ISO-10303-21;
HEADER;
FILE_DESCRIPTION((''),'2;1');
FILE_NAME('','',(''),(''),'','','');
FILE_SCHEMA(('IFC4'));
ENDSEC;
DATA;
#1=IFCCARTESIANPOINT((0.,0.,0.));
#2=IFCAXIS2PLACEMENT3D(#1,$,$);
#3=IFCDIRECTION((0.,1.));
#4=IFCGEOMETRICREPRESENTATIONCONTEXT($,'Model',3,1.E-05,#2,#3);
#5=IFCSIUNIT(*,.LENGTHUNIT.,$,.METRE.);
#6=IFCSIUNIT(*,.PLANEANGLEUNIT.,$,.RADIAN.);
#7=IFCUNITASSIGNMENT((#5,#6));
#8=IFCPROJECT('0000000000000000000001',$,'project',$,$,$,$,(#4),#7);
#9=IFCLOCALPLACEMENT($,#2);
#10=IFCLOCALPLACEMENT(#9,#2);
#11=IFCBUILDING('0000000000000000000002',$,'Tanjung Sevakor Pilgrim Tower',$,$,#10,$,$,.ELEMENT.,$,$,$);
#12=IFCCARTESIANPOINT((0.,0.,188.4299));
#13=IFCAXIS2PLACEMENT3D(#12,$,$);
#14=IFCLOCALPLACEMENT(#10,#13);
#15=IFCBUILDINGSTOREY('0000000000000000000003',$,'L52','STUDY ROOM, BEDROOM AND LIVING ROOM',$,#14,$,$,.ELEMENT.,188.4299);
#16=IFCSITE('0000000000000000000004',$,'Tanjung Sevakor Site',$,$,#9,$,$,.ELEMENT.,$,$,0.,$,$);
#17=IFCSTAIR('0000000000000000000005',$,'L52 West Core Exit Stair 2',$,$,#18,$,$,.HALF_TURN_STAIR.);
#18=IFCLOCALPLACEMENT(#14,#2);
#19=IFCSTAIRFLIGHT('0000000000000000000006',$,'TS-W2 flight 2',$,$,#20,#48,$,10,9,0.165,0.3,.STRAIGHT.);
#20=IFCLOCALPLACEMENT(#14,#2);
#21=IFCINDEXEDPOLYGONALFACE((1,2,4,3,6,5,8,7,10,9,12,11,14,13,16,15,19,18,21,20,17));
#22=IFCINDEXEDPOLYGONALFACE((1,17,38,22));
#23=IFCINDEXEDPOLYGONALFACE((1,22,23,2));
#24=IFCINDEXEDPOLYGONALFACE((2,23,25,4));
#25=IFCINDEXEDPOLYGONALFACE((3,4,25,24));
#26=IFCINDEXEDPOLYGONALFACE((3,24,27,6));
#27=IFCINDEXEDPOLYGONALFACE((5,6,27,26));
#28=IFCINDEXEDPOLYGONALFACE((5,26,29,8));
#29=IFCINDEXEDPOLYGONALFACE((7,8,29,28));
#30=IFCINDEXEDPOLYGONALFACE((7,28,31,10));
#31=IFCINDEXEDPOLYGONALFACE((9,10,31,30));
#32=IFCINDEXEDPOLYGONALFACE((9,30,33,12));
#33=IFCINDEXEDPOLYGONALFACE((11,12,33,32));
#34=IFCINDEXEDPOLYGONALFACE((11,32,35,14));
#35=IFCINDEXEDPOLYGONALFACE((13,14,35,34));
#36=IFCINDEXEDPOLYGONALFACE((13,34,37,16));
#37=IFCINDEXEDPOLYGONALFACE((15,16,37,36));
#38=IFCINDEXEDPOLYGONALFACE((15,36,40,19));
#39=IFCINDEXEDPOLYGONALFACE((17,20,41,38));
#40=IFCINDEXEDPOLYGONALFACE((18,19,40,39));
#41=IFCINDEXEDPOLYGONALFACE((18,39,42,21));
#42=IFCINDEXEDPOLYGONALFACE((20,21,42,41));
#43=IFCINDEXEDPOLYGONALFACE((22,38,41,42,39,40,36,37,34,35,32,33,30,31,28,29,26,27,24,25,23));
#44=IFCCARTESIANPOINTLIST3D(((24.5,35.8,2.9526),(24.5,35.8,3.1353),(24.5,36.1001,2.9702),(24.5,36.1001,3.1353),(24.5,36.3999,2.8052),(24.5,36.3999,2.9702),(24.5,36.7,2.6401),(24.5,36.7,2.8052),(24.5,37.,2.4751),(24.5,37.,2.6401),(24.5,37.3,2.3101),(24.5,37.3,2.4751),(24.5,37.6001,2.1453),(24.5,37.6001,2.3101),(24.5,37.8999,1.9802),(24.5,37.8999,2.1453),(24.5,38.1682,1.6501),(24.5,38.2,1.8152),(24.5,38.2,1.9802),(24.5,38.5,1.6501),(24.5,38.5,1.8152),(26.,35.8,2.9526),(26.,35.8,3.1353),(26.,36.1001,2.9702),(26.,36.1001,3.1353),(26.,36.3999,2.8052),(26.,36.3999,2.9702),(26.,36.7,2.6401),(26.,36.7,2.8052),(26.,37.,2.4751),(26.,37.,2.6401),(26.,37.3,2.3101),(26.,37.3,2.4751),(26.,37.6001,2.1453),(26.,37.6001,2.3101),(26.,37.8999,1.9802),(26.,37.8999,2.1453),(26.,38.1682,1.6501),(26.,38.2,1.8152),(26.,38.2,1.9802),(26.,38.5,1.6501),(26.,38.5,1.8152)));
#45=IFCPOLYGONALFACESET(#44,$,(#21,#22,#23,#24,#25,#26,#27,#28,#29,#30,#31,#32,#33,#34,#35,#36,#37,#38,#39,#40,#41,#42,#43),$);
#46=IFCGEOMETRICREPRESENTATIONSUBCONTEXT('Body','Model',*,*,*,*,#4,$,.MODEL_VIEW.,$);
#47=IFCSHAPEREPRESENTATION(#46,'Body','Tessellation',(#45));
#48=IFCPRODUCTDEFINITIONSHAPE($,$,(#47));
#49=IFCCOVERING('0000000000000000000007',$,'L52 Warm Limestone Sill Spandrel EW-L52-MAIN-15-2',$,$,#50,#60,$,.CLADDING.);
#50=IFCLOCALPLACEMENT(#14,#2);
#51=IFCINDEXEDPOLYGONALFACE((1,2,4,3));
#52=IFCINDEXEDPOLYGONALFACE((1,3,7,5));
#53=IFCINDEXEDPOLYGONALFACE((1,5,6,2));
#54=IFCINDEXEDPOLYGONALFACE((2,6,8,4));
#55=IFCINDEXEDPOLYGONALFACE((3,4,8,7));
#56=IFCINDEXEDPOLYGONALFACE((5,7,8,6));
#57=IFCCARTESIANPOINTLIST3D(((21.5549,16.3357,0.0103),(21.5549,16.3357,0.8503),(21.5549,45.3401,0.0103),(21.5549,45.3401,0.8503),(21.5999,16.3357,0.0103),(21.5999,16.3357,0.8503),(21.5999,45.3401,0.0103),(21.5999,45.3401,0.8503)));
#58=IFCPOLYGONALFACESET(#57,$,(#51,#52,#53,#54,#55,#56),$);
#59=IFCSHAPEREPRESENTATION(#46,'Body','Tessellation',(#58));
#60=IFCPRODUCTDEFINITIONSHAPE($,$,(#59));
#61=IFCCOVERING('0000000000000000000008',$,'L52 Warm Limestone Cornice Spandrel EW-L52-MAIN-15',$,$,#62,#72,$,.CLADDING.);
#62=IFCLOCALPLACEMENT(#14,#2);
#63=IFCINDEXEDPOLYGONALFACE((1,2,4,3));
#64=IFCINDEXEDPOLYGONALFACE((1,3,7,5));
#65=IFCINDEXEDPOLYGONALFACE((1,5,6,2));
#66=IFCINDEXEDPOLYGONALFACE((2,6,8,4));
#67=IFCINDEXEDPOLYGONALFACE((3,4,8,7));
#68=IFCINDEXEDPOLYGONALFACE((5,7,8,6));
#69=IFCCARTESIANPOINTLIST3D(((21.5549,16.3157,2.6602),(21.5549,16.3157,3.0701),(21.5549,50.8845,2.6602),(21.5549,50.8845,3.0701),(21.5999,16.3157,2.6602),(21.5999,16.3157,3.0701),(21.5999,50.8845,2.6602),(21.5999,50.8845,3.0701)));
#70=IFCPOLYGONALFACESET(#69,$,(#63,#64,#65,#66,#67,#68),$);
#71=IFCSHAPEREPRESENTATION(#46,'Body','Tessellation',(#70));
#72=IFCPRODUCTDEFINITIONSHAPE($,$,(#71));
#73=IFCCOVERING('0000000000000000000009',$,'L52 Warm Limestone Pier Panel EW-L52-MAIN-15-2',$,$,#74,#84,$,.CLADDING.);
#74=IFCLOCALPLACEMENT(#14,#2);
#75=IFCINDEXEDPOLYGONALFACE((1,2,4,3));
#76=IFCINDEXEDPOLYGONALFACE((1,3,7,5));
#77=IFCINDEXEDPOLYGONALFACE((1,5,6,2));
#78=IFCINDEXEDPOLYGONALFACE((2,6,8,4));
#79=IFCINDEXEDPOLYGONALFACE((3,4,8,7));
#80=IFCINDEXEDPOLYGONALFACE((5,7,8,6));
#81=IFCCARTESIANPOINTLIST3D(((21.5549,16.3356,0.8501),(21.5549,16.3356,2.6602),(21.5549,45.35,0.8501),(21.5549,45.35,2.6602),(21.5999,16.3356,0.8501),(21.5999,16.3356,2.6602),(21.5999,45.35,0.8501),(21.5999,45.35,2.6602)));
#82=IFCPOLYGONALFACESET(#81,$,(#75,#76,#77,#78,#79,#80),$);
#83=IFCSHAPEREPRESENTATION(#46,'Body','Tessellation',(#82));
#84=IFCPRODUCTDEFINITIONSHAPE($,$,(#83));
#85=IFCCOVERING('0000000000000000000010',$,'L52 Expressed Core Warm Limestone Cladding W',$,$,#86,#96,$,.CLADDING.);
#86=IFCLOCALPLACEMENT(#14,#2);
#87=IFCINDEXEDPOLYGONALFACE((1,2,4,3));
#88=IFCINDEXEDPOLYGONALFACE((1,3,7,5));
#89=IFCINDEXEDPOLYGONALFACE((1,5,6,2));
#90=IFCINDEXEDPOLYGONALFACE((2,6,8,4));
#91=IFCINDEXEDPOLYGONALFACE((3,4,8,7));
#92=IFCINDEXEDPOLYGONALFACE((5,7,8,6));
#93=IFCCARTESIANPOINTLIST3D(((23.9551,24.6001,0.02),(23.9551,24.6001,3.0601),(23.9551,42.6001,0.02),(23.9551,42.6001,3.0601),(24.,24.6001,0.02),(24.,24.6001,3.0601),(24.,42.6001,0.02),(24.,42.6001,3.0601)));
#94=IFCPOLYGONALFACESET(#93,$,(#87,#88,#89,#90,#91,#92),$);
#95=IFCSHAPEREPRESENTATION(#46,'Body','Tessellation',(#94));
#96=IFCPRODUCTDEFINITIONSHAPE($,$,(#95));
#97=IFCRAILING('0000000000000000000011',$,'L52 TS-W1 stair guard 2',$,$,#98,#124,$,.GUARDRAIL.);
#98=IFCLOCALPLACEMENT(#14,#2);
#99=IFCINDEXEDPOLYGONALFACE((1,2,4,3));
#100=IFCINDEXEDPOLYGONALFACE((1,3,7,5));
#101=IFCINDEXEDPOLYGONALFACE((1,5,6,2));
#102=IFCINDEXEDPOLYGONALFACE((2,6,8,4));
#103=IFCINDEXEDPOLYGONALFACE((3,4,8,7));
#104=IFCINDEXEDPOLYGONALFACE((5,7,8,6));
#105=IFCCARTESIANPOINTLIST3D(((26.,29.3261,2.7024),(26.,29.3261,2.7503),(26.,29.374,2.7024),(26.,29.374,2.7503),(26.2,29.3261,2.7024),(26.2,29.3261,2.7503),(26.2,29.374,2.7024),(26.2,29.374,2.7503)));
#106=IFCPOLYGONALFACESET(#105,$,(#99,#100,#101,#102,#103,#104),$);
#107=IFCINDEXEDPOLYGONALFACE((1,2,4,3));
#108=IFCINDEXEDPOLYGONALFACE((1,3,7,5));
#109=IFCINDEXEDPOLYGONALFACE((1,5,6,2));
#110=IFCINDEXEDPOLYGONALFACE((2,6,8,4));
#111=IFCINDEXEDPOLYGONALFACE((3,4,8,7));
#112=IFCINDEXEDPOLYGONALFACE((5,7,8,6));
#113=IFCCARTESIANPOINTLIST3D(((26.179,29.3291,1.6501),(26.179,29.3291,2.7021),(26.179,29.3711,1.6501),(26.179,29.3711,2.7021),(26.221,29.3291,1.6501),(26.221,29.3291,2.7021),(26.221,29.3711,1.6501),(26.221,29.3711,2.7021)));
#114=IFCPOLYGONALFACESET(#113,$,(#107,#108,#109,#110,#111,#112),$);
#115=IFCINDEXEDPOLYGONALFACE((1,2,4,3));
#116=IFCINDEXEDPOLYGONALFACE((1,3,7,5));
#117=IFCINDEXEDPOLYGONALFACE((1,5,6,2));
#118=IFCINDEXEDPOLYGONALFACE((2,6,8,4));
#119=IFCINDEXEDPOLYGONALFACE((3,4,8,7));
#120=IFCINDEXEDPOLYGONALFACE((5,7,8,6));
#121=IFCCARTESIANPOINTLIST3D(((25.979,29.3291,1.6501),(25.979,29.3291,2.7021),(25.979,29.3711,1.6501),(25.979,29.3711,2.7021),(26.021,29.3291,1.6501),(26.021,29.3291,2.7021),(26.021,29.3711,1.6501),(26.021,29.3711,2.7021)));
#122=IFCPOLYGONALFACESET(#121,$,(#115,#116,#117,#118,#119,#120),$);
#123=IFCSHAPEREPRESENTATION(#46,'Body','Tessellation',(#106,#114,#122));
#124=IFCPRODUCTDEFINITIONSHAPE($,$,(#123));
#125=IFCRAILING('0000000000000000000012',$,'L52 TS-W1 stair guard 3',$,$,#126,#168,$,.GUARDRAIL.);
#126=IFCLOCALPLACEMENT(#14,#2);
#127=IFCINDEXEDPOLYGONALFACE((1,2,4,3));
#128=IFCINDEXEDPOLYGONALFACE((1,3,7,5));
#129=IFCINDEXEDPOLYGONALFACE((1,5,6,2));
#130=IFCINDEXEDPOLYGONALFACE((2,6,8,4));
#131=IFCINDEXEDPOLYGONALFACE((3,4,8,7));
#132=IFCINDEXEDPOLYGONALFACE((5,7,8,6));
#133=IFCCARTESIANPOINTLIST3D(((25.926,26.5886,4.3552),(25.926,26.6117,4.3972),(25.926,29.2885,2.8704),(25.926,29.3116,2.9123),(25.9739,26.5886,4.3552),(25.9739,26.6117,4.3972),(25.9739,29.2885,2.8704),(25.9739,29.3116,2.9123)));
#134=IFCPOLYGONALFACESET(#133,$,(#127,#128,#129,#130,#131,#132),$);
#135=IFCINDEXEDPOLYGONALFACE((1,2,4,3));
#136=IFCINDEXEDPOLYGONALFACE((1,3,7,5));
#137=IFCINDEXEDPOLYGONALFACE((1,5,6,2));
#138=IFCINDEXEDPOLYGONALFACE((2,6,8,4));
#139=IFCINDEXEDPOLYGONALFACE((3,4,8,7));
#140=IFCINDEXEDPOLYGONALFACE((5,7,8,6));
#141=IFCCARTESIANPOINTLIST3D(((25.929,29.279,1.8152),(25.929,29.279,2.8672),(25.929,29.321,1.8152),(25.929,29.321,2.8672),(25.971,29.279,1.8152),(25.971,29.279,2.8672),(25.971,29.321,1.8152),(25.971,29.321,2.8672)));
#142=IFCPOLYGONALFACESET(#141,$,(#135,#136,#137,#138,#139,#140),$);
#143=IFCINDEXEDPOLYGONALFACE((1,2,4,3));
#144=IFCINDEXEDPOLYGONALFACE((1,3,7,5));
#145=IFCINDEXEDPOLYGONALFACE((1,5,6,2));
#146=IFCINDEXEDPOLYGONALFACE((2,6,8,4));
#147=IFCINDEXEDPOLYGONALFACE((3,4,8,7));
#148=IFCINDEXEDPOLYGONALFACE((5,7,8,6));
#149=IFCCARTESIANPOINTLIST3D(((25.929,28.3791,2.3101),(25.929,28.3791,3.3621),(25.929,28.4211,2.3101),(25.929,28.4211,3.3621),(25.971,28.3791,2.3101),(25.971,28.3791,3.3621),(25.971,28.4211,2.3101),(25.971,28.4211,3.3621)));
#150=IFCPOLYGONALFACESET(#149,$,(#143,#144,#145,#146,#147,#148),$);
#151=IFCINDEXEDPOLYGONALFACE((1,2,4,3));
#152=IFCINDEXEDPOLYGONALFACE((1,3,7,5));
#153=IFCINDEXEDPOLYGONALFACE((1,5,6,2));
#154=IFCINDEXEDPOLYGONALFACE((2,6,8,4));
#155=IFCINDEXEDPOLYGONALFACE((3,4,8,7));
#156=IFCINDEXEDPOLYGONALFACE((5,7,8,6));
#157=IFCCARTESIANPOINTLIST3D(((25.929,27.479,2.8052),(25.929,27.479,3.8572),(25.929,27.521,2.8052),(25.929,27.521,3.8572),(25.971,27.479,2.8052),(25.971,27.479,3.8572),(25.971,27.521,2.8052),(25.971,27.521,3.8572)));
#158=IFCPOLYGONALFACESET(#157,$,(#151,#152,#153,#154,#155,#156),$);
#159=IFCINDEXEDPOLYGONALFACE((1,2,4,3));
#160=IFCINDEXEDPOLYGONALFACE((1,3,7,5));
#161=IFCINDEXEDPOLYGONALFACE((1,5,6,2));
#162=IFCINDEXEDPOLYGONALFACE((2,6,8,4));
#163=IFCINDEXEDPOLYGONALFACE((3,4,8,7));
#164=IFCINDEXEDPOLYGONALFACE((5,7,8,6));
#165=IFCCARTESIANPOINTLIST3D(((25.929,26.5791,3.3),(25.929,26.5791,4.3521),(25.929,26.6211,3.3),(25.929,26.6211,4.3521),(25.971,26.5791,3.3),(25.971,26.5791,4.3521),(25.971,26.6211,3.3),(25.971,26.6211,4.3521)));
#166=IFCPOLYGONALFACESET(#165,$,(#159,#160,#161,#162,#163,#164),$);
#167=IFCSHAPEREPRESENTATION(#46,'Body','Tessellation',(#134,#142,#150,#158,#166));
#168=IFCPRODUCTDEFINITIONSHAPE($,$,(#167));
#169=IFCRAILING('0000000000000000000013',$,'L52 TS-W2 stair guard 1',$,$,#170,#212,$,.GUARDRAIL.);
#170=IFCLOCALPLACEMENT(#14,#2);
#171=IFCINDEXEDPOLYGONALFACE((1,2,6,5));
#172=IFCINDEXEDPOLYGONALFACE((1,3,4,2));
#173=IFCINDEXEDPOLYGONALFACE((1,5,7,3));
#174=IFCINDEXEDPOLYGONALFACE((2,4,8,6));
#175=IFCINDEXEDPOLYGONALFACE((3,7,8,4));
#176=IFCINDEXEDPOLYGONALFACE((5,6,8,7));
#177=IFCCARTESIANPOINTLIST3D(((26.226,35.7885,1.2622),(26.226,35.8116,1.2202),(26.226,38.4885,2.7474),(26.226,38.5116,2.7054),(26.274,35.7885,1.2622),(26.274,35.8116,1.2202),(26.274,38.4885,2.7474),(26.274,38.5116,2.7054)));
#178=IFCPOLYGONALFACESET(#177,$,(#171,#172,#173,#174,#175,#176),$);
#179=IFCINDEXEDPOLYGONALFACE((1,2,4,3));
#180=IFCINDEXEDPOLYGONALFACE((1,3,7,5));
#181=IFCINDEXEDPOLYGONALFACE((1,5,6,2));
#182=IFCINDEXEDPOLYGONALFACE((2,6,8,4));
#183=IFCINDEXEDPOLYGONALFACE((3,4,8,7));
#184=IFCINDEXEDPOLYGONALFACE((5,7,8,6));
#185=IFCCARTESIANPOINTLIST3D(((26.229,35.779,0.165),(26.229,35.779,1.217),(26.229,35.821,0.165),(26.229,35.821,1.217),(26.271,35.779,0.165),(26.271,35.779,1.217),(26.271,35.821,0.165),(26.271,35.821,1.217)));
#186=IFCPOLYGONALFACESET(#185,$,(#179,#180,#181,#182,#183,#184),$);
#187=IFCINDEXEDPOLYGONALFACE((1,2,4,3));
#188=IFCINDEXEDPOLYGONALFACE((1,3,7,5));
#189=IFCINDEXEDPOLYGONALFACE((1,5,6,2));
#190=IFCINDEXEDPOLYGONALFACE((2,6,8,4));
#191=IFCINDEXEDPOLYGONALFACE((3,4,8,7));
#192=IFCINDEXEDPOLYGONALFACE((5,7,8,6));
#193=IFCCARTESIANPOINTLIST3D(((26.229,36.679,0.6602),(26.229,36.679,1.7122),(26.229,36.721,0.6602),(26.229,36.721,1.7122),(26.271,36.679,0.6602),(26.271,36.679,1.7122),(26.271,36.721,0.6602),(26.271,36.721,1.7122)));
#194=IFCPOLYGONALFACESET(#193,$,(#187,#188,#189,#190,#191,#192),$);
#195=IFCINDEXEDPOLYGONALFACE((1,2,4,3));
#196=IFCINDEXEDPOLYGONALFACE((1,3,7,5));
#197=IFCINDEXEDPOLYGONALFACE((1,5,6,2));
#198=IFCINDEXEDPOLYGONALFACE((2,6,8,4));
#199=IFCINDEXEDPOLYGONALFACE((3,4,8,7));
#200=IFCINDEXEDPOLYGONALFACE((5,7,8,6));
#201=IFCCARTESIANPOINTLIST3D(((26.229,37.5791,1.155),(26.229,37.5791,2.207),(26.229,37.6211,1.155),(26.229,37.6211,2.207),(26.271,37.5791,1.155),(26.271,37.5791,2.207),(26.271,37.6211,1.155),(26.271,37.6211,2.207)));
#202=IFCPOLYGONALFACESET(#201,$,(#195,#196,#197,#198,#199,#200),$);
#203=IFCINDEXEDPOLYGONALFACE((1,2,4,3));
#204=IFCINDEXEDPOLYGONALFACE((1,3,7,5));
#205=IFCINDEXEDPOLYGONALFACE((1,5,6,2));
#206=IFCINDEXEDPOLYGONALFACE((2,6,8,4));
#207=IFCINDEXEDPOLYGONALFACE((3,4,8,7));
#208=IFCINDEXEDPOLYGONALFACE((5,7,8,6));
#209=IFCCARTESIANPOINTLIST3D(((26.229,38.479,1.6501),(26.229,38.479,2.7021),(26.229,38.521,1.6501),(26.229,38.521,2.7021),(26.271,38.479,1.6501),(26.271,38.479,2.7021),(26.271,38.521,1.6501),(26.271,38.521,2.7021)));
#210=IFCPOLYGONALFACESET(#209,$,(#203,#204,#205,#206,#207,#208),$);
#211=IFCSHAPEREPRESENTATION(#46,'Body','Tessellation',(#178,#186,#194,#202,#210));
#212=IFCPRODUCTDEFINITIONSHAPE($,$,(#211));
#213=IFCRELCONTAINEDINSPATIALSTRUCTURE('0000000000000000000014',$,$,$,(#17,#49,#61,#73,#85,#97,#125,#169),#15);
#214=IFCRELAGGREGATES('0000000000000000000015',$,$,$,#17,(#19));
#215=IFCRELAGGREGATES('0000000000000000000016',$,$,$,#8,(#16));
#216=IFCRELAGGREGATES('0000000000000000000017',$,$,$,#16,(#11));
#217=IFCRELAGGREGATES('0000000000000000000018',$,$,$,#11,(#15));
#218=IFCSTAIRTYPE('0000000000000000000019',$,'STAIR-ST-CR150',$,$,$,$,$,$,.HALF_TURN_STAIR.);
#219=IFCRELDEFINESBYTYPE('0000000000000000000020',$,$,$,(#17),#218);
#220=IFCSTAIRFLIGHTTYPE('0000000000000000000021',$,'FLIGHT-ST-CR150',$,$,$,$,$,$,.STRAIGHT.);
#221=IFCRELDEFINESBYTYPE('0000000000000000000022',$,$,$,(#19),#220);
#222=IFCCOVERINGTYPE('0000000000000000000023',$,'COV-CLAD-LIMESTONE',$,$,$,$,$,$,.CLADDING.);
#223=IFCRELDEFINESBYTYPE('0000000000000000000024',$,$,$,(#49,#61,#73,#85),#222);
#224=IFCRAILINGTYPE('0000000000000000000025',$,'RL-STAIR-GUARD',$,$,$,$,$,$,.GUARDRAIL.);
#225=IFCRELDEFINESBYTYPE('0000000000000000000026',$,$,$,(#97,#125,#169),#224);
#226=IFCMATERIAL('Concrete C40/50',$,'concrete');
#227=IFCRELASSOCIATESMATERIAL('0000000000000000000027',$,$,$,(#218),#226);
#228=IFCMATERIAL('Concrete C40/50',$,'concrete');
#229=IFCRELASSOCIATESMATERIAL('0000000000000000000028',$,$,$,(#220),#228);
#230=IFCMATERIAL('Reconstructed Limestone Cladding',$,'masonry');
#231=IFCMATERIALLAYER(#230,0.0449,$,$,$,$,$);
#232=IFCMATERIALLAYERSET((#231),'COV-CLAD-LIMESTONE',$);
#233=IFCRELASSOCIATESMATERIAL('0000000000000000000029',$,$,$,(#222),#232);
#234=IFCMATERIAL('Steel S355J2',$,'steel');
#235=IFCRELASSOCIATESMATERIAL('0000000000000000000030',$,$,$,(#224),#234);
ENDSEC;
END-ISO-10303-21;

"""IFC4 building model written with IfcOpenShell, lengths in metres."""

from ifc_helpers import new_model, si_unit, direction, frame, origin, origin_2d, place, context, subcontext, project, spatial, polyline, rectangle, outline, extrude, material, layer, layer_set, type_object, element, aggregate, save


model = new_model("IFC4")

# Units and contexts
model_context = context("Model", 3, precision=1e-05, world=origin(), true_north=direction((0.0, 1.0)))
body_context = subcontext(model_context, "Body", "Model", "MODEL_VIEW")
ifc_project = project(units=[si_unit("LENGTHUNIT", "METRE"), si_unit("PLANEANGLEUNIT", "RADIAN")], contexts=[model_context])

# Site, building, storey
site_placement = place(None, origin())
site = spatial("IfcSite", under=ifc_project, at=site_placement, Name="Tanjung Sevakor Site", CompositionType="ELEMENT", RefElevation=0.0)
building_placement = place(site_placement, origin())
building = spatial("IfcBuilding", under=site, at=building_placement, Name="Tanjung Sevakor Pilgrim Tower", CompositionType="ELEMENT")
storey_placement = place(building_placement, frame((0.0, 0.0, 188.4299)))
storey = spatial("IfcBuildingStorey", under=building, at=storey_placement, Name="L52", Description="STUDY ROOM, BEDROOM AND LIVING ROOM", CompositionType="ELEMENT", Elevation=188.4299)

# Shared definitions
ifc_material_1 = material(Name="Concrete C40/50", Category="concrete")
stair_type = type_object("IfcStairType", Name="STAIR-ST-CR150", PredefinedType="HALF_TURN_STAIR", material=ifc_material_1)
ifc_material_2 = material(Name="Concrete C40/50", Category="concrete")
stair_flight_type = type_object("IfcStairFlightType", Name="FLIGHT-ST-CR150", PredefinedType="STRAIGHT", material=ifc_material_2)

# Stair, stair flight
stair_1_placement = place(storey_placement, origin())
stair_1 = element("IfcStair", 1, at=stair_1_placement, inside=storey, type_object=stair_type, Name="L52 West Core Exit Stair 2", PredefinedType="HALF_TURN_STAIR")
stair_flight_1_placement = place(storey_placement, frame((25.25, 38.5, 1.6501), z_axis=(0.0, 0.0, 1.0), x_axis=(0.0, -1.0, 0.0)))
stair_flight_1 = element("IfcStairFlight", 2, at=stair_flight_1_placement, type_object=stair_flight_type, Name="TS-W2 flight 2", NumberOfRisers=10, NumberOfTreads=9, PredefinedType="STRAIGHT", RiserHeight=0.165, TreadLength=0.3, context=body_context, shape_type="SweptSolid", body=[
    extrude(outline(polyline([(0.0, 0.0), (0.0, 0.165), (0.3, 0.165), (0.3, 0.3301), (0.6001, 0.3301), (0.6001, 0.4951), (0.8999, 0.4951), (0.8999, 0.6599), (1.2, 0.6599), (1.2, 0.825), (1.5, 0.825), (1.5, 0.99), (1.8, 0.99), (1.8, 1.155), (2.1001, 1.155), (2.1001, 1.3201), (2.3999, 1.3201), (2.3999, 1.4851), (2.7, 1.4851), (2.7, 1.6499), (2.7, 1.3025), (0.3318, 0.0), (0.0, 0.0)])), frame((0.0, 0.75, 0.0), z_axis=(0.0, -1.0, 0.0), x_axis=(1.0, 0.0, 0.0)), (0.0, 0.0, 1.0), 1.5),
])
aggregate(stair_1, [stair_flight_1])

# Coverings
ifc_material_3 = material(Name="Reconstructed Limestone Cladding", Category="masonry")
ifc_layer_1 = layer(ifc_material_3, 0.0449)
ifc_layer_set_1 = layer_set([ifc_layer_1], Name="COV-CLAD-LIMESTONE")
covering_type = type_object("IfcCoveringType", Name="COV-CLAD-LIMESTONE", PredefinedType="CLADDING", material=ifc_layer_set_1)
covering_1_placement = place(storey_placement, frame((21.5774, 30.8379, 0.0103), z_axis=(0.0, 0.0, 1.0), x_axis=(0.0, -1.0, 0.0)))
element("IfcCovering", 3, at=covering_1_placement, inside=storey, type_object=covering_type, Name="L52 Warm Limestone Sill Spandrel EW-L52-MAIN-15-2", PredefinedType="CLADDING", context=body_context, shape_type="SweptSolid", body=[
    extrude(rectangle(XDim=29.0044, YDim=0.0449, at=origin_2d()), origin(), (0.0, 0.0, 1.0), 0.8401),
])
covering_2_placement = place(storey_placement, frame((21.5774, 33.6001, 2.6602), z_axis=(0.0, 0.0, 1.0), x_axis=(0.0, -1.0, 0.0)))
element("IfcCovering", 4, at=covering_2_placement, inside=storey, type_object=covering_type, Name="L52 Warm Limestone Cornice Spandrel EW-L52-MAIN-15", PredefinedType="CLADDING", context=body_context, shape_type="SweptSolid", body=[
    extrude(rectangle(XDim=34.5688, YDim=0.0449, at=origin_2d()), origin(), (0.0, 0.0, 1.0), 0.4099),
])
covering_3_placement = place(storey_placement, frame((21.5774, 30.8428, 0.8501), z_axis=(0.0, 0.0, 1.0), x_axis=(0.0, -1.0, 0.0)))
element("IfcCovering", 5, at=covering_3_placement, inside=storey, type_object=covering_type, Name="L52 Warm Limestone Pier Panel EW-L52-MAIN-15-2", PredefinedType="CLADDING", context=body_context, shape_type="SweptSolid", body=[
    extrude(rectangle(XDim=29.0144, YDim=0.0449, at=origin_2d()), origin(), (0.0, 0.0, 1.0), 1.8101),
])
covering_4_placement = place(storey_placement, frame((23.9775, 33.6001, 0.02), z_axis=(0.0, 0.0, 1.0), x_axis=(1.0, 0.0, 0.0)))
element("IfcCovering", 6, at=covering_4_placement, inside=storey, type_object=covering_type, Name="L52 Expressed Core Warm Limestone Cladding W", PredefinedType="CLADDING", context=body_context, shape_type="SweptSolid", body=[
    extrude(rectangle(XDim=0.0449, YDim=18.0, at=origin_2d()), origin(), (0.0, 0.0, 1.0), 3.04),
])

# Railings
ifc_material_4 = material(Name="Steel S355J2", Category="steel")
railing_type_1 = type_object("IfcRailingType", Name="RL-STAIR-GUARD", PredefinedType="GUARDRAIL", material=ifc_material_4)
railing_1_placement = place(storey_placement, frame((26.2, 29.3501, 1.6501)))
element("IfcRailing", 7, at=railing_1_placement, inside=storey, type_object=railing_type_1, Name="L52 TS-W1 stair guard 2", PredefinedType="GUARDRAIL", context=body_context, shape_type="SweptSolid", body=[
    extrude(rectangle(XDim=0.0479, YDim=0.0479), frame((0.0, 0.0, 1.0762), z_axis=(-1.0, 0.0, 0.0), x_axis=(0.0, -1.0, 0.0)), (0.0, 0.0, 1.0), 0.2),
    extrude(rectangle(XDim=0.042, YDim=0.042), origin(), (0.0, 0.0, 1.0), 1.052),
    extrude(rectangle(XDim=0.042, YDim=0.042), frame((-0.2, 0.0, 0.0)), (0.0, 0.0, 1.0), 1.052),
])
railing_2_placement = place(storey_placement, frame((25.95, 29.3, 1.8152)))
element("IfcRailing", 8, at=railing_2_placement, inside=storey, type_object=railing_type_1, Name="L52 TS-W1 stair guard 3", PredefinedType="GUARDRAIL", context=body_context, shape_type="SweptSolid", body=[
    extrude(rectangle(XDim=0.0479, YDim=0.0479), frame((0.0, 0.0, 1.0762), z_axis=(0.0, -0.876231, 0.481891), x_axis=(1.0, 0.0, 0.0)), (0.0, 0.0, 1.0), 3.0813),
    extrude(rectangle(XDim=0.042, YDim=0.042), origin(), (0.0, 0.0, 1.0), 1.052),
    extrude(rectangle(XDim=0.042, YDim=0.042), frame((0.0, -0.8999, 0.4949)), (0.0, 0.0, 1.0), 1.052),
    extrude(rectangle(XDim=0.042, YDim=0.042), frame((0.0, -1.8, 0.99)), (0.0, 0.0, 1.0), 1.052),
    extrude(rectangle(XDim=0.042, YDim=0.042), frame((0.0, -2.7, 1.4849)), (0.0, 0.0, 1.0), 1.052),
])
railing_3_placement = place(storey_placement, frame((26.25, 35.8, 0.165)))
element("IfcRailing", 9, at=railing_3_placement, inside=storey, type_object=railing_type_1, Name="L52 TS-W2 stair guard 1", PredefinedType="GUARDRAIL", context=body_context, shape_type="SweptSolid", body=[
    extrude(rectangle(XDim=0.0479, YDim=0.0479), frame((0.0, 0.0, 1.0762), z_axis=(0.0, 0.876198, 0.481952), x_axis=(-1.0, 0.0, 0.0)), (0.0, 0.0, 1.0), 3.0815),
    extrude(rectangle(XDim=0.042, YDim=0.042), origin(), (0.0, 0.0, 1.0), 1.052),
    extrude(rectangle(XDim=0.042, YDim=0.042), frame((0.0, 0.8999, 0.4951)), (0.0, 0.0, 1.0), 1.052),
    extrude(rectangle(XDim=0.042, YDim=0.042), frame((0.0, 1.8, 0.99)), (0.0, 0.0, 1.0), 1.052),
    extrude(rectangle(XDim=0.042, YDim=0.042), frame((0.0, 2.7, 1.4851)), (0.0, 0.0, 1.0), 1.052),
])

save(model, "model.ifc")
